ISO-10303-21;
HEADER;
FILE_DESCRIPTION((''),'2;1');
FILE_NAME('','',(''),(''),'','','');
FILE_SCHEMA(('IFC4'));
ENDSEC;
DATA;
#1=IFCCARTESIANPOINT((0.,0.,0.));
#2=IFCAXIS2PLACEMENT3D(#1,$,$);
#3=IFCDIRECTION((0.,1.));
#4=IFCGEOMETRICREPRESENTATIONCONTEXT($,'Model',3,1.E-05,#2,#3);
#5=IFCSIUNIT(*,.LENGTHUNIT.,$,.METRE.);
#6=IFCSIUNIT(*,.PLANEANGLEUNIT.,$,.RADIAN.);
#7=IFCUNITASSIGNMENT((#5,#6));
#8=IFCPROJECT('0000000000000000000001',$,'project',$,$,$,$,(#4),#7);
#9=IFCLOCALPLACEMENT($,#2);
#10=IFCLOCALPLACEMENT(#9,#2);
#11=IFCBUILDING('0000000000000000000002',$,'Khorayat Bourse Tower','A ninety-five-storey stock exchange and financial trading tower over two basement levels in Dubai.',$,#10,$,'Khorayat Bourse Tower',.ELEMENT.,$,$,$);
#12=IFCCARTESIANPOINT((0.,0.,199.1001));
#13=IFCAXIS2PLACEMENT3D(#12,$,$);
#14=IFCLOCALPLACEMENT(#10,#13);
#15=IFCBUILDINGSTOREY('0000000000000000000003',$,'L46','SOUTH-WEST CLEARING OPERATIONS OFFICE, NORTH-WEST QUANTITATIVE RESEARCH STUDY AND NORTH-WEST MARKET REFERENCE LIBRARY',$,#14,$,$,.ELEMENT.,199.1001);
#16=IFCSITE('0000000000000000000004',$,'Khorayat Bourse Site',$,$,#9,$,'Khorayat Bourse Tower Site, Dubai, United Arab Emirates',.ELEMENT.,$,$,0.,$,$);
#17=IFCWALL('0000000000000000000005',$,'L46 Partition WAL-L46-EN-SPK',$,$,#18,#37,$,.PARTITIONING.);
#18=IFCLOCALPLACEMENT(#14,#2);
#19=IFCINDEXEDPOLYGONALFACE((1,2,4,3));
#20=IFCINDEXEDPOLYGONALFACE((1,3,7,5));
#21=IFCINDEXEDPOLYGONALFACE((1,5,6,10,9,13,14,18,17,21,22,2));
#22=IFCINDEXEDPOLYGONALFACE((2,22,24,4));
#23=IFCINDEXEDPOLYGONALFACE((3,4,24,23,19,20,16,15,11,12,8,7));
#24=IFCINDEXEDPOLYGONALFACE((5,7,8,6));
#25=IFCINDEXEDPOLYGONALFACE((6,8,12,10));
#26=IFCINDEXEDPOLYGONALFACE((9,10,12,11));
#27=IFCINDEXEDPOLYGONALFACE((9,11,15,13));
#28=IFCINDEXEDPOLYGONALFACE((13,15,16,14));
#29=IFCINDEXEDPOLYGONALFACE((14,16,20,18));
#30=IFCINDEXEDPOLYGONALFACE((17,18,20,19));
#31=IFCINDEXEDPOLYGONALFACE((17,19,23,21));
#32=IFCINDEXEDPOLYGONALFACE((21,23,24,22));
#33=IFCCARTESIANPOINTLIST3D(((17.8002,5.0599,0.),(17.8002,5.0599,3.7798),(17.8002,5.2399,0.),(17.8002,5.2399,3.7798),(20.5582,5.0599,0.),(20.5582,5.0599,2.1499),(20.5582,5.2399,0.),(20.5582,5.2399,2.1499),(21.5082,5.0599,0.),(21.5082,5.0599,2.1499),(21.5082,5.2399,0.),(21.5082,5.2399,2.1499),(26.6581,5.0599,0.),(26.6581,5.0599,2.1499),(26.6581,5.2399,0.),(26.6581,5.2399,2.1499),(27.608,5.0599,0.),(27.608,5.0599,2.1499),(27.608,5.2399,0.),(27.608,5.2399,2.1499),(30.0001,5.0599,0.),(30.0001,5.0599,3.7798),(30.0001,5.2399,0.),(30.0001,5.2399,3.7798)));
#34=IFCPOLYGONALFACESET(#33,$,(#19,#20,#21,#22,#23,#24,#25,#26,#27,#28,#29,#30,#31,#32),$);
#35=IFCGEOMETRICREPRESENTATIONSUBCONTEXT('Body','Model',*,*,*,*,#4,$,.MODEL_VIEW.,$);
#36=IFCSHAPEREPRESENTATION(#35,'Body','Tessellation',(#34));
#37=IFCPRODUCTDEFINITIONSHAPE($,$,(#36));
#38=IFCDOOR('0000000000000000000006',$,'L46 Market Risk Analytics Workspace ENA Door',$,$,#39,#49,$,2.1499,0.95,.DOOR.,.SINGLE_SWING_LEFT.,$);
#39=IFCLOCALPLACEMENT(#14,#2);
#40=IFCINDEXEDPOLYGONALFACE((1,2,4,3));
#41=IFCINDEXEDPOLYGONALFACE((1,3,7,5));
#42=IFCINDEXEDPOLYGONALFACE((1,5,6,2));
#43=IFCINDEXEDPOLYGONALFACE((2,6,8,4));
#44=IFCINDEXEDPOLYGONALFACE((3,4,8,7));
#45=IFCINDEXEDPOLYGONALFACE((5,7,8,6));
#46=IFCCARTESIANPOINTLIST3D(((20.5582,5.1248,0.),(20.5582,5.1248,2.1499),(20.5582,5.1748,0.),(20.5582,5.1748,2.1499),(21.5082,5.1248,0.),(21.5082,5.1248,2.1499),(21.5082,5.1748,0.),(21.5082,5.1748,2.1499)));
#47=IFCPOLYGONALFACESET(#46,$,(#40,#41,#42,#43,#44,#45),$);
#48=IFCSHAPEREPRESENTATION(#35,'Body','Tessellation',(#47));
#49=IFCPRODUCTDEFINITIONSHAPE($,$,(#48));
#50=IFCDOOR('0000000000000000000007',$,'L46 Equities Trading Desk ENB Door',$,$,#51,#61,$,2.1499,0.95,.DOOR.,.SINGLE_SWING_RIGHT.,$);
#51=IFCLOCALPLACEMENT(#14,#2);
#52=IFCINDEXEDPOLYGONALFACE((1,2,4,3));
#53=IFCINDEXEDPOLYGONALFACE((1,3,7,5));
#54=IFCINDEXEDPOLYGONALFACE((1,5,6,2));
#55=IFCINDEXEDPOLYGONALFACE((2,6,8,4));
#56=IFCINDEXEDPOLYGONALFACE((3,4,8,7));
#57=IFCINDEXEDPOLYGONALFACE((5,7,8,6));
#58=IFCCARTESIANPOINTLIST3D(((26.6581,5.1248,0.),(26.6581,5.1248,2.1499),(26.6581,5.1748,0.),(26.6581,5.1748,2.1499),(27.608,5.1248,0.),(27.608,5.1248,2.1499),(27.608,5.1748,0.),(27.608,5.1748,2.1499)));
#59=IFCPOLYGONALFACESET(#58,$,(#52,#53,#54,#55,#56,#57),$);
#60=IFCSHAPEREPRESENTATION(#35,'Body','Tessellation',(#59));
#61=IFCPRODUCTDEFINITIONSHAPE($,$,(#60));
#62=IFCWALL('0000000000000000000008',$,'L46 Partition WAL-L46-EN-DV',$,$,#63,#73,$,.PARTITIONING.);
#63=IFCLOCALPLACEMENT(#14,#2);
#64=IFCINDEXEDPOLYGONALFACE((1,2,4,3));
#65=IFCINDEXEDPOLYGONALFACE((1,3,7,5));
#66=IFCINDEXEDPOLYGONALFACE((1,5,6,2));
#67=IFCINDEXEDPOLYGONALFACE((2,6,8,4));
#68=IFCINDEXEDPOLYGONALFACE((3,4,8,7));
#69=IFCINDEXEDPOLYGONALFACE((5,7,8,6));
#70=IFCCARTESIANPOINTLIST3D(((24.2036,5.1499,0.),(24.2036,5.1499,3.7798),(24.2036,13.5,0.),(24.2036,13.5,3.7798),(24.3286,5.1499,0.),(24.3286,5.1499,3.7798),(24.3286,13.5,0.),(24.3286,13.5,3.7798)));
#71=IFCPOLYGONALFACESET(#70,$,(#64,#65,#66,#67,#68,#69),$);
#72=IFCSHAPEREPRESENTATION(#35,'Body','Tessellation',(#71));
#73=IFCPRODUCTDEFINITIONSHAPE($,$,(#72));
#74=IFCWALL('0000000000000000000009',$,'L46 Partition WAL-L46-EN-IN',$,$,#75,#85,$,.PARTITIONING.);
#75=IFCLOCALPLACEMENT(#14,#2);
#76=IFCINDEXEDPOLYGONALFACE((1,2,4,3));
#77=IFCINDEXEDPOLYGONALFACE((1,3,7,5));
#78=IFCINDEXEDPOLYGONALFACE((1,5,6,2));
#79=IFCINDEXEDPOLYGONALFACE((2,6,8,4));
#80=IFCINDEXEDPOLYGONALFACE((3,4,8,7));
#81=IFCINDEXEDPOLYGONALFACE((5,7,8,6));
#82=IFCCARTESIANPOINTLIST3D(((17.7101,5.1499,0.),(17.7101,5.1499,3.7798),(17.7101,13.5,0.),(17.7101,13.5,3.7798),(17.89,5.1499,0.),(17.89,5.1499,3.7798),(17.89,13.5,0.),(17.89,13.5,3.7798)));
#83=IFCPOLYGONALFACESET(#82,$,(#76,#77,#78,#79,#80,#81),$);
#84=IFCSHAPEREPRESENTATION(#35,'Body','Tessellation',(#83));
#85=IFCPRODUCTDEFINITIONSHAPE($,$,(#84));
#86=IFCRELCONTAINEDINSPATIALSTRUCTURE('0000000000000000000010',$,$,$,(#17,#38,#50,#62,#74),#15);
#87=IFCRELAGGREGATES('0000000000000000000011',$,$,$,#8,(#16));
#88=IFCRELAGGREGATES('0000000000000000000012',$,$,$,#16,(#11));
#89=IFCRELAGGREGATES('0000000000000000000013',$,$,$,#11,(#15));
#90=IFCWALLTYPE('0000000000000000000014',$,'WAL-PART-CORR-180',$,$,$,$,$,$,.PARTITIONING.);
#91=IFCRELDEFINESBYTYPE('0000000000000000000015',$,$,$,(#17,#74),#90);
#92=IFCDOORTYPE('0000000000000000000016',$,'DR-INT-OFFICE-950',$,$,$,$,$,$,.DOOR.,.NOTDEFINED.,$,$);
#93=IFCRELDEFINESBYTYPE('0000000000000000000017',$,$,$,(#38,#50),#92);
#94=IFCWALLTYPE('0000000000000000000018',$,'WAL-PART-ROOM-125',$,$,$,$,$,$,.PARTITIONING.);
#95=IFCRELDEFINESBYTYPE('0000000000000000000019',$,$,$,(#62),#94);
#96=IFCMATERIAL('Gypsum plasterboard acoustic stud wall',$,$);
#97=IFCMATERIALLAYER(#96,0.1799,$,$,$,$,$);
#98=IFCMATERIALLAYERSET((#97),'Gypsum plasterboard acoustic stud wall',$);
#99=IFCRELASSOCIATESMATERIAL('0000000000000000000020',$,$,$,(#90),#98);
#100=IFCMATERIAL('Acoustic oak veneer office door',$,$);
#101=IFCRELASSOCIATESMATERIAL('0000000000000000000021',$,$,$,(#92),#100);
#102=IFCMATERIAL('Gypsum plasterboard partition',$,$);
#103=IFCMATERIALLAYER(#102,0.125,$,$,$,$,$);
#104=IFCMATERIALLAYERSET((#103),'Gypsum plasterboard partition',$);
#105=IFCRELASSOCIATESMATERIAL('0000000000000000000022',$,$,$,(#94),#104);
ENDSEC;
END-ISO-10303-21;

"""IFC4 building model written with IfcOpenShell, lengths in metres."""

from ifc_helpers import new_model, si_unit, direction, frame, frame_2d, origin, place, context, subcontext, project, spatial, rectangle, extrude, source, transform, mapped, material, layer, layer_set, type_object, element, fill, save


model = new_model("IFC4")

# Units and contexts
model_context = context("Model", 3, precision=1e-05, world=origin(), true_north=direction((0.0, 1.0)))
body_context = subcontext(model_context, "Body", "Model", "MODEL_VIEW")
ifc_project = project(units=[si_unit("LENGTHUNIT", "METRE"), si_unit("PLANEANGLEUNIT", "RADIAN")], contexts=[model_context])

# Site, building, storey
site_placement = place(None, origin())
site = spatial("IfcSite", under=ifc_project, at=site_placement, Name="Khorayat Bourse Site", LongName="Khorayat Bourse Tower Site, Dubai, United Arab Emirates", CompositionType="ELEMENT", RefElevation=0.0)
building_placement = place(site_placement, origin())
building = spatial("IfcBuilding", under=site, at=building_placement, Name="Khorayat Bourse Tower", Description="A ninety-five-storey stock exchange and financial trading tower over two basement levels in Dubai.", LongName="Khorayat Bourse Tower", CompositionType="ELEMENT")
storey_placement = place(building_placement, frame((0.0, 0.0, 199.1001)))
storey = spatial("IfcBuildingStorey", under=building, at=storey_placement, Name="L46", Description="SOUTH-WEST CLEARING OPERATIONS OFFICE, NORTH-WEST QUANTITATIVE RESEARCH STUDY AND NORTH-WEST MARKET REFERENCE LIBRARY", CompositionType="ELEMENT", Elevation=199.1001)

# Shared definitions
ifc_material_1 = material(Name="Gypsum plasterboard acoustic stud wall")
ifc_layer_1 = layer(ifc_material_1, 0.1799)
ifc_layer_set_1 = layer_set([ifc_layer_1], Name="Gypsum plasterboard acoustic stud wall")
wall_type_1 = type_object("IfcWallType", Name="WAL-PART-CORR-180", PredefinedType="PARTITIONING", material=ifc_layer_set_1)

# Shared definitions
shared_shape_1 = source(origin(), body_context, "Body", "SweptSolid", [
    extrude(rectangle(XDim=12.2, YDim=0.1799, at=frame_2d((6.1001, 0.0))), origin(), (0.0, 0.0, 1.0), 3.7798),
])
shared_shape_2 = source(origin(), body_context, "Body", "SweptSolid", [
    extrude(rectangle(XDim=0.95, YDim=2.1499, at=frame_2d((0.4751, 1.075))), frame((0.0, 0.0999, 0.0), z_axis=(0.0, -1.0, 0.0), x_axis=(1.0, 0.0, 0.0)), (0.0, 0.0, 1.0), 0.2),
])
ifc_material_2 = material(Name="Acoustic oak veneer office door")
door_type = type_object("IfcDoorType", Name="DR-INT-OFFICE-950", OperationType="NOTDEFINED", PredefinedType="DOOR", material=ifc_material_2)
shared_shape_3 = source(origin(), body_context, "Body", "SweptSolid", [
    extrude(rectangle(XDim=0.95, YDim=2.1499, at=frame_2d((0.4751, 1.075))), frame((0.0, 0.0249, 0.0), z_axis=(0.0, -1.0, 0.0), x_axis=(1.0, 0.0, 0.0)), (0.0, 0.0, 1.0), 0.05),
])

# Wall, openings, doors
wall_1_placement = place(storey_placement, frame((17.8, 5.1499, 0.0), z_axis=(0.0, 0.0, 1.0), x_axis=(1.0, 0.0, 0.0)))
wall_1 = element("IfcWall", 1, at=wall_1_placement, inside=storey, type_object=wall_type_1, Name="L46 Partition WAL-L46-EN-SPK", PredefinedType="PARTITIONING", context=body_context, shape_type="MappedRepresentation", body=[
    mapped(shared_shape_1, transform((0.0, 0.0, 0.0), scale=1.0)),
])
opening_1_placement = place(wall_1_placement, frame((2.7581, 0.0, 0.0)))
opening_1 = element("IfcOpeningElement", 2, at=opening_1_placement, cuts=wall_1, PredefinedType="OPENING", context=body_context, shape_type="MappedRepresentation", body=[
    mapped(shared_shape_2, transform((0.0, 0.0, 0.0), scale=1.0)),
])
opening_2_placement = place(wall_1_placement, frame((8.8579, 0.0, 0.0)))
opening_2 = element("IfcOpeningElement", 3, at=opening_2_placement, cuts=wall_1, PredefinedType="OPENING", context=body_context, shape_type="MappedRepresentation", body=[
    mapped(shared_shape_2, transform((0.0, 0.0, 0.0), scale=1.0)),
])
door_1_placement = place(opening_1_placement, origin())
door_1 = element("IfcDoor", 4, at=door_1_placement, inside=storey, type_object=door_type, Name="L46 Market Risk Analytics Workspace ENA Door", OperationType="SINGLE_SWING_LEFT", OverallHeight=2.1499, OverallWidth=0.95, PredefinedType="DOOR", context=body_context, shape_type="MappedRepresentation", body=[
    mapped(shared_shape_3, transform((0.0, 0.0, 0.0), scale=1.0)),
])
fill(opening_1, door_1)
door_2_placement = place(opening_2_placement, origin())
door_2 = element("IfcDoor", 5, at=door_2_placement, inside=storey, type_object=door_type, Name="L46 Equities Trading Desk ENB Door", OperationType="SINGLE_SWING_RIGHT", OverallHeight=2.1499, OverallWidth=0.95, PredefinedType="DOOR", context=body_context, shape_type="MappedRepresentation", body=[
    mapped(shared_shape_3, transform((0.0, 0.0, 0.0), scale=1.0)),
])
fill(opening_2, door_2)

# Walls
ifc_material_3 = material(Name="Gypsum plasterboard partition")
ifc_layer_2 = layer(ifc_material_3, 0.125)
ifc_layer_set_2 = layer_set([ifc_layer_2], Name="Gypsum plasterboard partition")
wall_type_2 = type_object("IfcWallType", Name="WAL-PART-ROOM-125", PredefinedType="PARTITIONING", material=ifc_layer_set_2)
shared_shape_4 = source(origin(), body_context, "Body", "SweptSolid", [
    extrude(rectangle(XDim=8.3501, YDim=0.125, at=frame_2d((4.175, 0.0))), origin(), (0.0, 0.0, 1.0), 3.7798),
])
wall_2_placement = place(storey_placement, frame((24.2661, 5.1499, 0.0), z_axis=(0.0, 0.0, 1.0), x_axis=(0.0, 1.0, 0.0)))
element("IfcWall", 6, at=wall_2_placement, inside=storey, type_object=wall_type_2, Name="L46 Partition WAL-L46-EN-DV", PredefinedType="PARTITIONING", context=body_context, shape_type="MappedRepresentation", body=[
    mapped(shared_shape_4, transform((0.0, 0.0, 0.0), scale=1.0)),
])
shared_shape_5 = source(origin(), body_context, "Body", "SweptSolid", [
    extrude(rectangle(XDim=8.3501, YDim=0.1799, at=frame_2d((4.175, 0.0))), origin(), (0.0, 0.0, 1.0), 3.7798),
])
wall_3_placement = place(storey_placement, frame((17.8, 5.1499, 0.0), z_axis=(0.0, 0.0, 1.0), x_axis=(0.0, 1.0, 0.0)))
element("IfcWall", 7, at=wall_3_placement, inside=storey, type_object=wall_type_1, Name="L46 Partition WAL-L46-EN-IN", PredefinedType="PARTITIONING", context=body_context, shape_type="MappedRepresentation", body=[
    mapped(shared_shape_5, transform((0.0, 0.0, 0.0), scale=1.0)),
])

save(model, "model.ifc")
